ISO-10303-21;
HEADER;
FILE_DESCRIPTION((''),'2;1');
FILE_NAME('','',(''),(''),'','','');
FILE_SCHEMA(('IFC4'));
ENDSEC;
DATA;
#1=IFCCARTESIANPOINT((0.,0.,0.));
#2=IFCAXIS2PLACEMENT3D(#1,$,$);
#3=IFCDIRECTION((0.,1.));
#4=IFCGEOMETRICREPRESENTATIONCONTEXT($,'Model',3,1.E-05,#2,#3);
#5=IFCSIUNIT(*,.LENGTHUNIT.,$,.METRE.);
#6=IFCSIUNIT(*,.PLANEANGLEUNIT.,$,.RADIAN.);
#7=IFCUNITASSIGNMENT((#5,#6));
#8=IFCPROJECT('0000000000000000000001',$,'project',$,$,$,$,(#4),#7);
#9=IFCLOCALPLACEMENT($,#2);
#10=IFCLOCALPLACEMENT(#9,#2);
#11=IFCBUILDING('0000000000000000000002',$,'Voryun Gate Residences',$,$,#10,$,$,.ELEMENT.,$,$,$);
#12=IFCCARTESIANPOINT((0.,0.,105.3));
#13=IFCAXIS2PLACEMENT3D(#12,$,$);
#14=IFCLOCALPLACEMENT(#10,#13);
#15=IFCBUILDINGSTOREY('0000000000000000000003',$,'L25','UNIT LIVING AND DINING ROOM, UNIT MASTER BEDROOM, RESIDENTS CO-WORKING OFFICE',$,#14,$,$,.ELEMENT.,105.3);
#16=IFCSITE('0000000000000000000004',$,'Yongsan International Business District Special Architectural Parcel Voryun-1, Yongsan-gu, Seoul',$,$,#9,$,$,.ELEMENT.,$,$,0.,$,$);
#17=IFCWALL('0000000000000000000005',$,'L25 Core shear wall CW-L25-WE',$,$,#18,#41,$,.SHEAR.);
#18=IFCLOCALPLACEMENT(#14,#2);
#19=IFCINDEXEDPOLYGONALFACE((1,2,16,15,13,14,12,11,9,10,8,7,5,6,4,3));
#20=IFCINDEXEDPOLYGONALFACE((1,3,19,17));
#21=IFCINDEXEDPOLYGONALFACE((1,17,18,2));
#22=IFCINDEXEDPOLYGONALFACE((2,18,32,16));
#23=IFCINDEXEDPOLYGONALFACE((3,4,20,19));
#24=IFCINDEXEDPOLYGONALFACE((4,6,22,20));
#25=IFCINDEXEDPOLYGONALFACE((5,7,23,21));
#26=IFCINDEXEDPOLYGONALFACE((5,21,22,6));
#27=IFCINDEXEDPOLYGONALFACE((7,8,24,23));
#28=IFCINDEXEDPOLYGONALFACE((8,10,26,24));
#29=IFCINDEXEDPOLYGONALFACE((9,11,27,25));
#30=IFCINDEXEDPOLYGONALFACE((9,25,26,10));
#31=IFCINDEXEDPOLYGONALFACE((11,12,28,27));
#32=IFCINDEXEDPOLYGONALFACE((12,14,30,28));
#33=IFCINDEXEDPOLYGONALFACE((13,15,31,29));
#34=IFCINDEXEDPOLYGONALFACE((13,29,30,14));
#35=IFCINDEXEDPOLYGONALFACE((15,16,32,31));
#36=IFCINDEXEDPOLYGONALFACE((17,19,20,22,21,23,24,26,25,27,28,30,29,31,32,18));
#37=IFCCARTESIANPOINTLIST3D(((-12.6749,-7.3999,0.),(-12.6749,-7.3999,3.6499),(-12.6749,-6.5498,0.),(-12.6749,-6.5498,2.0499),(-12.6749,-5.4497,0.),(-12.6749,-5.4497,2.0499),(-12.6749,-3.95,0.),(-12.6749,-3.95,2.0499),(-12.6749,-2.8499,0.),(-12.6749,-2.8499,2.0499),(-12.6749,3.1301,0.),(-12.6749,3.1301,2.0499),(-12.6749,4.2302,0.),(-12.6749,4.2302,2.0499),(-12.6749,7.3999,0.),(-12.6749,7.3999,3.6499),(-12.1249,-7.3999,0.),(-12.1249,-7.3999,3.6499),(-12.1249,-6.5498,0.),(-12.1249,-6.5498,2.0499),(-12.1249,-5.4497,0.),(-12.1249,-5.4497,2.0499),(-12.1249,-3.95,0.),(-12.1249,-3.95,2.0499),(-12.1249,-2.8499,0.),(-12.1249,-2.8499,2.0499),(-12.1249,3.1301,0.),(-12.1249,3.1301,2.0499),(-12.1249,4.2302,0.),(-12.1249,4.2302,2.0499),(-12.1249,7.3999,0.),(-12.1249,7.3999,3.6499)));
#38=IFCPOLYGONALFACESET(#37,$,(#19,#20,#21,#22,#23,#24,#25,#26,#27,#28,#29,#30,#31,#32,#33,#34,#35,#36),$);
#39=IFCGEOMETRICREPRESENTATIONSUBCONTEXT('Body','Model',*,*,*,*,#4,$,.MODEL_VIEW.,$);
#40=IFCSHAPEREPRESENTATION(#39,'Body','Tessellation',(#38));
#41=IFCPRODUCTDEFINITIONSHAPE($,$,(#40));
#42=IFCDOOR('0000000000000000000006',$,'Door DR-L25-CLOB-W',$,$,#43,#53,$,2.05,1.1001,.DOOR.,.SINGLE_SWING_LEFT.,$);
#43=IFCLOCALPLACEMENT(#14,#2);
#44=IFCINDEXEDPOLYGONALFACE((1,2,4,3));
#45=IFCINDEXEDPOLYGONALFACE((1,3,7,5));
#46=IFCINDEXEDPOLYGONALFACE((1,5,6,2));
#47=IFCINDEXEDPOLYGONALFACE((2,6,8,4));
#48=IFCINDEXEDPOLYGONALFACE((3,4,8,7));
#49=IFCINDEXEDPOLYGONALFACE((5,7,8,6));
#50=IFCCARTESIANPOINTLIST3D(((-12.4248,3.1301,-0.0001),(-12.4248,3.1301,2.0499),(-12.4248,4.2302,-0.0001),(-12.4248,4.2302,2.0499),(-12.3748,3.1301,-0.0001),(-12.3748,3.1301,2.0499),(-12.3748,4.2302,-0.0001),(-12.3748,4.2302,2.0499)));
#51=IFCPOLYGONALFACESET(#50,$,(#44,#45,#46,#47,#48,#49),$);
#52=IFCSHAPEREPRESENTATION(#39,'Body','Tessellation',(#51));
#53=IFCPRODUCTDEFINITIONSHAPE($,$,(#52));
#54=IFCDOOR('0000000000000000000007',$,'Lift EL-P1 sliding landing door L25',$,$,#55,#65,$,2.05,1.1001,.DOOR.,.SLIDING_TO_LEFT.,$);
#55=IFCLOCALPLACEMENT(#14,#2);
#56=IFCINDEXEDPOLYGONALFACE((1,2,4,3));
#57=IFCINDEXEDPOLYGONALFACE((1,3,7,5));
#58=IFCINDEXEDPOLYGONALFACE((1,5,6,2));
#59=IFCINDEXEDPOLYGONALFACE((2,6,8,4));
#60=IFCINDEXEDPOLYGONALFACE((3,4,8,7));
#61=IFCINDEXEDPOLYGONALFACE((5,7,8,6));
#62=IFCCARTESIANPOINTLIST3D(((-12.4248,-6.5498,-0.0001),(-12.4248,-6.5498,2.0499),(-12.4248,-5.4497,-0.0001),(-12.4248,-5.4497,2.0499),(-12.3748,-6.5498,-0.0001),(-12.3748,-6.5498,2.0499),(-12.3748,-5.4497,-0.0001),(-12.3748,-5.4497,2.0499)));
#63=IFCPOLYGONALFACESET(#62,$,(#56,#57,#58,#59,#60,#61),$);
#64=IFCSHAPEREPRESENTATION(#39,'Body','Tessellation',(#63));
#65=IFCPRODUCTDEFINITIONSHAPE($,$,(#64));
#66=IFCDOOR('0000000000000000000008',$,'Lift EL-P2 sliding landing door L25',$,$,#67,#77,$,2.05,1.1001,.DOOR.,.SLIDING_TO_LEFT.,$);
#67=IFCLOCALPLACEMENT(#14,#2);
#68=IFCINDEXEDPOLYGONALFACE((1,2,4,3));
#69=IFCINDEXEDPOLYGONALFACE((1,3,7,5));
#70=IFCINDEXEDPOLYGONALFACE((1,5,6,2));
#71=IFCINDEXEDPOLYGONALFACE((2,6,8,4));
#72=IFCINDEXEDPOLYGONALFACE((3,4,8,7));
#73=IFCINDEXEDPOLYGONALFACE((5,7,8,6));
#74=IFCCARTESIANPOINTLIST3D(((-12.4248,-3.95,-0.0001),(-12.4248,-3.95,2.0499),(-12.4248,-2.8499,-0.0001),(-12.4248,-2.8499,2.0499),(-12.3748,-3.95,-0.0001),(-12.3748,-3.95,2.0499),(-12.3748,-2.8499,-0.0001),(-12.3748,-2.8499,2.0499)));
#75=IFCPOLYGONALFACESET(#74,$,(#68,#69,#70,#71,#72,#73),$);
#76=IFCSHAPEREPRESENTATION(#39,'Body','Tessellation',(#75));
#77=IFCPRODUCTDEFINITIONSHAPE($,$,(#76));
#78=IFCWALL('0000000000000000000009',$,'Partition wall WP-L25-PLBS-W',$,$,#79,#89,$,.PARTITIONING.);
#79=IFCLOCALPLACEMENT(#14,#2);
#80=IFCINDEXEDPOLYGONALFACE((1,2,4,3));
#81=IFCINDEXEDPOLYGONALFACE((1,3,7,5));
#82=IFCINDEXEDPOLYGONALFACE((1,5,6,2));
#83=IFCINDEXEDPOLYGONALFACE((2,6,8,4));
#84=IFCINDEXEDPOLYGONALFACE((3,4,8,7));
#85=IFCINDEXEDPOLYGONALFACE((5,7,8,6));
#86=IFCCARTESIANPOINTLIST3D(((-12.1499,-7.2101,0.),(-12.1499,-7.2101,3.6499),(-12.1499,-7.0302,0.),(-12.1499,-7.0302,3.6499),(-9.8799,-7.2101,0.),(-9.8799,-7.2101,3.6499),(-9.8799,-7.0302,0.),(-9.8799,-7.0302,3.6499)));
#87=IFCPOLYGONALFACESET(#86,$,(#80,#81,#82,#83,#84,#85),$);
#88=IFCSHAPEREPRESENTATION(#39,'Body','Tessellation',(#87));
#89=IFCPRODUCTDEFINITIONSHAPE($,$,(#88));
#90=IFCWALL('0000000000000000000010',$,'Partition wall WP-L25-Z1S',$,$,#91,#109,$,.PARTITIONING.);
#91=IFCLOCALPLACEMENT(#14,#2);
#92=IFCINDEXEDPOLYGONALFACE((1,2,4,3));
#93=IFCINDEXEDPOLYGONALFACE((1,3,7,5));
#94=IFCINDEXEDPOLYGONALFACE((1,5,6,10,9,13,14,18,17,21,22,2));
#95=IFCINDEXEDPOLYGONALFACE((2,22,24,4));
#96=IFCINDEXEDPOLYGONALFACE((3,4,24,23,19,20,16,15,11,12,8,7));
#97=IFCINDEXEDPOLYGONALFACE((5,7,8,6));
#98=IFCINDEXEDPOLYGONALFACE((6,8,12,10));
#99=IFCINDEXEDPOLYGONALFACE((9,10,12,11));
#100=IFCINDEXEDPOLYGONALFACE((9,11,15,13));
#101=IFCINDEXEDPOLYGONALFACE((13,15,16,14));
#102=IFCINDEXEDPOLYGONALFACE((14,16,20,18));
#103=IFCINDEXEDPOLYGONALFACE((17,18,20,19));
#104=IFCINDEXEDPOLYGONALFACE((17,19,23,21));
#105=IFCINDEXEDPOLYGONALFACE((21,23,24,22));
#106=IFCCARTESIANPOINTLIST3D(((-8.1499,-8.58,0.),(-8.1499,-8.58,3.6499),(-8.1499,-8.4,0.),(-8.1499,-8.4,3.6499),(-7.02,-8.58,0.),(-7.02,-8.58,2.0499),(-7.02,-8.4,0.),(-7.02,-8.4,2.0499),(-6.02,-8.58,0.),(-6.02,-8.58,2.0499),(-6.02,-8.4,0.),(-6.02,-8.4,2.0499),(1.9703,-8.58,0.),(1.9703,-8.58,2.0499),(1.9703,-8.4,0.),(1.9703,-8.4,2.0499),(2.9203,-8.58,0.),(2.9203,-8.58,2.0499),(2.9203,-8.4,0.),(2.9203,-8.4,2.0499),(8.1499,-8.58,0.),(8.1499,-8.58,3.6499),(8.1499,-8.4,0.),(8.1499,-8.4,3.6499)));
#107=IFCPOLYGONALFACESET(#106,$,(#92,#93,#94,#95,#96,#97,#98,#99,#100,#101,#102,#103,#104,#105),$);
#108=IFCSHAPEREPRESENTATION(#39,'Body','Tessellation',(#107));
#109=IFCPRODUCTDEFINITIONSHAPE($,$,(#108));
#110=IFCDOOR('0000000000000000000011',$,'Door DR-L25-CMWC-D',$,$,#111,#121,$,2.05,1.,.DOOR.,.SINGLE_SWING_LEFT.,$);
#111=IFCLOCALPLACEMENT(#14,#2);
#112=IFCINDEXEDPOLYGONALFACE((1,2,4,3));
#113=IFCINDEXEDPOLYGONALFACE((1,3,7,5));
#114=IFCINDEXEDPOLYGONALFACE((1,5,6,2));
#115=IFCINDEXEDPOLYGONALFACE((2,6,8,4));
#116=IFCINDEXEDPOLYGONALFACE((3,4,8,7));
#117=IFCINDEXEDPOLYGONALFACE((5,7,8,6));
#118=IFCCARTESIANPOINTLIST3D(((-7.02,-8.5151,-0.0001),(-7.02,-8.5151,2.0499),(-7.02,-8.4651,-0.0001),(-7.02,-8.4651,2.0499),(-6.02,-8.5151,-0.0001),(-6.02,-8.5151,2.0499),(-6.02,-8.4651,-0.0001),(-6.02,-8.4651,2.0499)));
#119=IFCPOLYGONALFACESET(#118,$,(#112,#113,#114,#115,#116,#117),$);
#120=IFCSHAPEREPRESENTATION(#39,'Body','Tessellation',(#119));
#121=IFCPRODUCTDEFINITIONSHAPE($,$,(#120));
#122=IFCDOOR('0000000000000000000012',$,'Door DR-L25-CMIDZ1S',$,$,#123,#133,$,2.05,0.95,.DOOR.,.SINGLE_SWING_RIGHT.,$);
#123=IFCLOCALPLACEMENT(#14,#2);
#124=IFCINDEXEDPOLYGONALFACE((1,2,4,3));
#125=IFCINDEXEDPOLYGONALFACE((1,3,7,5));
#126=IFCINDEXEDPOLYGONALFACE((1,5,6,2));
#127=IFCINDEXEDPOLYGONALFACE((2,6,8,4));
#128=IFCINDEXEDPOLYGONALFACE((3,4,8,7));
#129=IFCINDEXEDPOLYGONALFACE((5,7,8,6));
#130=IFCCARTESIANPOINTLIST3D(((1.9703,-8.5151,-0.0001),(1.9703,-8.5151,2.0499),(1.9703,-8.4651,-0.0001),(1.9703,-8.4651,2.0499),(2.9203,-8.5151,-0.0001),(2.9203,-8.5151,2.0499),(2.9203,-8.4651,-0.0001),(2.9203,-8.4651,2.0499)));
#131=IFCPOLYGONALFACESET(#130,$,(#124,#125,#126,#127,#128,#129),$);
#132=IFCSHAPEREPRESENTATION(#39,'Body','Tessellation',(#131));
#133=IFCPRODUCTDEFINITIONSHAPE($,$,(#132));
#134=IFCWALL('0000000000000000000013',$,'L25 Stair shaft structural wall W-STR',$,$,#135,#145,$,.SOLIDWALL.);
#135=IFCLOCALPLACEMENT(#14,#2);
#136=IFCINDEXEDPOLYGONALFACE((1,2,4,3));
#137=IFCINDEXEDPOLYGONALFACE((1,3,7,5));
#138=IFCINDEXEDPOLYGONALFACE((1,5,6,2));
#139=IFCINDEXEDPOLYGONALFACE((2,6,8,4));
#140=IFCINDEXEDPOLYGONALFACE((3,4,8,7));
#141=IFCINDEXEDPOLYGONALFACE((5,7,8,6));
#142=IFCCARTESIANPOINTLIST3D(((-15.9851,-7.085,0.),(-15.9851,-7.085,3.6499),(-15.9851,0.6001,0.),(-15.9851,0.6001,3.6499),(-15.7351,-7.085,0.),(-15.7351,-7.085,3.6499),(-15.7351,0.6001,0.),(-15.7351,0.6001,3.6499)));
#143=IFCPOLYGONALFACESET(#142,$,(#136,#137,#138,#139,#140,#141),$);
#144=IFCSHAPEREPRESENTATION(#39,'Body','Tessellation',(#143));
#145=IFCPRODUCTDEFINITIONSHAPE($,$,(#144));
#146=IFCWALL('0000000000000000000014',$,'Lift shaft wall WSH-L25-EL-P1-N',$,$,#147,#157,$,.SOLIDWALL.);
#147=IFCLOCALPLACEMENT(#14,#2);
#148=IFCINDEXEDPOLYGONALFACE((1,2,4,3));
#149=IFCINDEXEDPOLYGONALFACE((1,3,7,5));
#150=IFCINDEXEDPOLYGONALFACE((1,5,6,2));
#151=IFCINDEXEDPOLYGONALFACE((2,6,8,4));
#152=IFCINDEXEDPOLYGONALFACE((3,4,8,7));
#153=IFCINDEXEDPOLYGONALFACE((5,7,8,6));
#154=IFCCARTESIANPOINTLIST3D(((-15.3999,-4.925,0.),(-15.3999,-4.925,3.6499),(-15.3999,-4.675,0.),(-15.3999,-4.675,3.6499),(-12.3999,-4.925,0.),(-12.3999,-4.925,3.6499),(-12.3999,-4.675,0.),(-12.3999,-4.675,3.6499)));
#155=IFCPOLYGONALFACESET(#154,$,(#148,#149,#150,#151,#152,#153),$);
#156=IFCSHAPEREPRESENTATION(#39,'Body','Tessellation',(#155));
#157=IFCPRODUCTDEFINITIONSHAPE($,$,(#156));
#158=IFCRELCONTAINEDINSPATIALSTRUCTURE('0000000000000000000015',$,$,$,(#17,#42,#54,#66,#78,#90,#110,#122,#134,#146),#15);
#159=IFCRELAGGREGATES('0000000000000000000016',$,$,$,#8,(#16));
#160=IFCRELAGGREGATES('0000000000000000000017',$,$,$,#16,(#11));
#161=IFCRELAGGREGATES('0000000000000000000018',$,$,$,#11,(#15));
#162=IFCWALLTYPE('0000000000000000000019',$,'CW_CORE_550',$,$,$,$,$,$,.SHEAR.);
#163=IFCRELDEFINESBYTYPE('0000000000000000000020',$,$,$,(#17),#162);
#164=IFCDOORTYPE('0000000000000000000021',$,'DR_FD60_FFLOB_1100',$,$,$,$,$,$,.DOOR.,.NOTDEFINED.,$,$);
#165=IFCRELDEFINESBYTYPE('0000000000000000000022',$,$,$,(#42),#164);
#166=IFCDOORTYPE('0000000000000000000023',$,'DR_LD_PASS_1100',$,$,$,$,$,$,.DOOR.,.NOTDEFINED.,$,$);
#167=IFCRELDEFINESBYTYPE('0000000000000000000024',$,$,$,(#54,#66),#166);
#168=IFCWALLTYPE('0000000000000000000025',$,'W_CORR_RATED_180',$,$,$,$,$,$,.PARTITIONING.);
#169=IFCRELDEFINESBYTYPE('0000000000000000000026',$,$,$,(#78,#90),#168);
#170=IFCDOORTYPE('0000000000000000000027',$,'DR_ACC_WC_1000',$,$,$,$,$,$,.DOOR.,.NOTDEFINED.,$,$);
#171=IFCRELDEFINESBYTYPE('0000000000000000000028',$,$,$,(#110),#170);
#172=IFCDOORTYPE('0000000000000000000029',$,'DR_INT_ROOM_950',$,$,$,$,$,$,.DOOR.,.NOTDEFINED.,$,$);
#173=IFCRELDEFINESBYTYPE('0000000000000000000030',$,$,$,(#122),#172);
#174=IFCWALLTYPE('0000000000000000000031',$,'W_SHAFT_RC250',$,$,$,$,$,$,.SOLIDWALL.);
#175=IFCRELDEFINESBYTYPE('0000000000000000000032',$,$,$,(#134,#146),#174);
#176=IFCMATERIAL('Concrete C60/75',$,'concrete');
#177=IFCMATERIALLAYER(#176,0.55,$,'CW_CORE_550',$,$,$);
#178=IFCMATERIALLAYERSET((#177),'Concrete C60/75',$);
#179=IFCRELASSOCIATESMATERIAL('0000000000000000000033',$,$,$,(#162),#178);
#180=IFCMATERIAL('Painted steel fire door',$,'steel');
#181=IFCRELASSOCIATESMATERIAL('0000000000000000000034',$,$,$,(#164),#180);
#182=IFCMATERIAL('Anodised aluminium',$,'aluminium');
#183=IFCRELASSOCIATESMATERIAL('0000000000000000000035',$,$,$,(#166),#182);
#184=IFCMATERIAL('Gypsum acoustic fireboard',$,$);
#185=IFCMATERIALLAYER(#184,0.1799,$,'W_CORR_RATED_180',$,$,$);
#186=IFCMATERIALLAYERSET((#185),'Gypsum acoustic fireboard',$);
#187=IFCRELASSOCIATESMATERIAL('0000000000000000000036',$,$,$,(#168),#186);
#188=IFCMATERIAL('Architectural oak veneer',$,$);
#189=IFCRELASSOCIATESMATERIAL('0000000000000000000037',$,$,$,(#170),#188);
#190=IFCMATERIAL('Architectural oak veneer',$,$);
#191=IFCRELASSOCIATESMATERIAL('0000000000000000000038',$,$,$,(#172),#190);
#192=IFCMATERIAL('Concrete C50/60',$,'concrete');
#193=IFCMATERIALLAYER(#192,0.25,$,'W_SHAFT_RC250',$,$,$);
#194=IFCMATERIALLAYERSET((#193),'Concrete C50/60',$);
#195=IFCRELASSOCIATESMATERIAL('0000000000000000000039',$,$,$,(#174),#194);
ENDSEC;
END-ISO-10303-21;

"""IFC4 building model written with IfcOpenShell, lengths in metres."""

from ifc_helpers import new_model, si_unit, direction, frame, frame_2d, origin, place, context, subcontext, project, spatial, rectangle, extrude, material, layer, layer_set, type_object, element, fill, save


model = new_model("IFC4")

# Units and contexts
model_context = context("Model", 3, precision=1e-05, world=origin(), true_north=direction((0.0, 1.0)))
body_context = subcontext(model_context, "Body", "Model", "MODEL_VIEW")
ifc_project = project(units=[si_unit("LENGTHUNIT", "METRE"), si_unit("PLANEANGLEUNIT", "RADIAN")], contexts=[model_context])

# Site, building, storey
site_placement = place(None, origin())
site = spatial("IfcSite", under=ifc_project, at=site_placement, Name="Yongsan International Business District Special Architectural Parcel Voryun-1, Yongsan-gu, Seoul", CompositionType="ELEMENT", RefElevation=0.0)
building_placement = place(site_placement, origin())
building = spatial("IfcBuilding", under=site, at=building_placement, Name="Voryun Gate Residences", CompositionType="ELEMENT")
storey_placement = place(building_placement, frame((0.0, 0.0, 105.3)))
storey = spatial("IfcBuildingStorey", under=building, at=storey_placement, Name="L25", Description="UNIT LIVING AND DINING ROOM, UNIT MASTER BEDROOM, RESIDENTS CO-WORKING OFFICE", CompositionType="ELEMENT", Elevation=105.3)

# Wall, openings, doors
ifc_material_1 = material(Name="Concrete C60/75", Category="concrete")
ifc_layer_1 = layer(ifc_material_1, 0.55, Name="CW_CORE_550")
ifc_layer_set_1 = layer_set([ifc_layer_1], Name="Concrete C60/75")
wall_type_1 = type_object("IfcWallType", Name="CW_CORE_550", PredefinedType="SHEAR", material=ifc_layer_set_1)
wall_1_placement = place(storey_placement, frame((-12.3999, -7.3999, 0.0), z_axis=(0.0, 0.0, 1.0), x_axis=(0.0, 1.0, 0.0)))
wall_1 = element("IfcWall", 1, at=wall_1_placement, inside=storey, type_object=wall_type_1, Name="L25 Core shear wall CW-L25-WE", PredefinedType="SHEAR", context=body_context, shape_type="SweptSolid", body=[
    extrude(rectangle(XDim=14.7998, YDim=0.55, at=frame_2d((7.3999, 0.0))), origin(), (0.0, 0.0, 1.0), 3.6499),
])
opening_1_placement = place(wall_1_placement, frame((0.8501, 0.0, 0.0)))
opening_1 = element("IfcOpeningElement", 2, at=opening_1_placement, cuts=wall_1, PredefinedType="OPENING", context=body_context, shape_type="SweptSolid", body=[
    extrude(rectangle(XDim=1.1001, YDim=2.05, at=frame_2d((0.55, 1.0249))), frame((0.0, 0.2849, 0.0), z_axis=(0.0, -1.0, 0.0), x_axis=(1.0, 0.0, 0.0)), (0.0, 0.0, 1.0), 0.5701),
])
opening_2_placement = place(wall_1_placement, frame((3.45, 0.0, 0.0)))
opening_2 = element("IfcOpeningElement", 3, at=opening_2_placement, cuts=wall_1, PredefinedType="OPENING", context=body_context, shape_type="SweptSolid", body=[
    extrude(rectangle(XDim=1.1001, YDim=2.05, at=frame_2d((0.55, 1.0249))), frame((0.0, 0.2849, 0.0), z_axis=(0.0, -1.0, 0.0), x_axis=(1.0, 0.0, 0.0)), (0.0, 0.0, 1.0), 0.5701),
])
opening_3_placement = place(wall_1_placement, frame((10.53, 0.0, 0.0)))
opening_3 = element("IfcOpeningElement", 4, at=opening_3_placement, cuts=wall_1, PredefinedType="OPENING", context=body_context, shape_type="SweptSolid", body=[
    extrude(rectangle(XDim=1.1001, YDim=2.05, at=frame_2d((0.55, 1.0249))), frame((0.0, 0.2849, 0.0), z_axis=(0.0, -1.0, 0.0), x_axis=(1.0, 0.0, 0.0)), (0.0, 0.0, 1.0), 0.5701),
])
ifc_material_2 = material(Name="Painted steel fire door", Category="steel")
door_type_1 = type_object("IfcDoorType", Name="DR_FD60_FFLOB_1100", OperationType="NOTDEFINED", PredefinedType="DOOR", material=ifc_material_2)
door_1_placement = place(opening_3_placement, origin())
door_1 = element("IfcDoor", 5, at=door_1_placement, inside=storey, type_object=door_type_1, Name="Door DR-L25-CLOB-W", OperationType="SINGLE_SWING_LEFT", OverallHeight=2.05, OverallWidth=1.1001, PredefinedType="DOOR", context=body_context, shape_type="SweptSolid", body=[
    extrude(rectangle(XDim=1.1001, YDim=2.05, at=frame_2d((0.55, 1.0249))), frame((0.0, 0.0249, 0.0), z_axis=(0.0, -1.0, 0.0), x_axis=(1.0, 0.0, 0.0)), (0.0, 0.0, 1.0), 0.05),
])
fill(opening_3, door_1)
ifc_material_3 = material(Name="Anodised aluminium", Category="aluminium")
door_type_2 = type_object("IfcDoorType", Name="DR_LD_PASS_1100", OperationType="NOTDEFINED", PredefinedType="DOOR", material=ifc_material_3)
door_2_placement = place(opening_1_placement, origin())
door_2 = element("IfcDoor", 6, at=door_2_placement, inside=storey, type_object=door_type_2, Name="Lift EL-P1 sliding landing door L25", OperationType="SLIDING_TO_LEFT", OverallHeight=2.05, OverallWidth=1.1001, PredefinedType="DOOR", context=body_context, shape_type="SweptSolid", body=[
    extrude(rectangle(XDim=1.1001, YDim=2.05, at=frame_2d((0.55, 1.0249))), frame((0.0, 0.0249, 0.0), z_axis=(0.0, -1.0, 0.0), x_axis=(1.0, 0.0, 0.0)), (0.0, 0.0, 1.0), 0.05),
])
fill(opening_1, door_2)
door_3_placement = place(opening_2_placement, origin())
door_3 = element("IfcDoor", 7, at=door_3_placement, inside=storey, type_object=door_type_2, Name="Lift EL-P2 sliding landing door L25", OperationType="SLIDING_TO_LEFT", OverallHeight=2.05, OverallWidth=1.1001, PredefinedType="DOOR", context=body_context, shape_type="SweptSolid", body=[
    extrude(rectangle(XDim=1.1001, YDim=2.05, at=frame_2d((0.55, 1.0249))), frame((0.0, 0.0249, 0.0), z_axis=(0.0, -1.0, 0.0), x_axis=(1.0, 0.0, 0.0)), (0.0, 0.0, 1.0), 0.05),
])
fill(opening_2, door_3)

# Wall
ifc_material_4 = material(Name="Gypsum acoustic fireboard")
ifc_layer_2 = layer(ifc_material_4, 0.1799, Name="W_CORR_RATED_180")
ifc_layer_set_2 = layer_set([ifc_layer_2], Name="Gypsum acoustic fireboard")
wall_type_2 = type_object("IfcWallType", Name="W_CORR_RATED_180", PredefinedType="PARTITIONING", material=ifc_layer_set_2)
wall_2_placement = place(storey_placement, frame((-12.1499, -7.1201, 0.0), z_axis=(0.0, 0.0, 1.0), x_axis=(1.0, 0.0, 0.0)))
element("IfcWall", 8, at=wall_2_placement, inside=storey, type_object=wall_type_2, Name="Partition wall WP-L25-PLBS-W", PredefinedType="PARTITIONING", context=body_context, shape_type="SweptSolid", body=[
    extrude(rectangle(XDim=2.27, YDim=0.1799, at=frame_2d((1.135, 0.0))), origin(), (0.0, 0.0, 1.0), 3.6499),
])

# Wall, openings, doors
wall_3_placement = place(storey_placement, frame((-8.1499, -8.49, 0.0), z_axis=(0.0, 0.0, 1.0), x_axis=(1.0, 0.0, 0.0)))
wall_3 = element("IfcWall", 9, at=wall_3_placement, inside=storey, type_object=wall_type_2, Name="Partition wall WP-L25-Z1S", PredefinedType="PARTITIONING", context=body_context, shape_type="SweptSolid", body=[
    extrude(rectangle(XDim=16.2998, YDim=0.1799, at=frame_2d((8.1499, 0.0))), origin(), (0.0, 0.0, 1.0), 3.6499),
])
opening_4_placement = place(wall_3_placement, frame((1.1299, 0.0, 0.0)))
opening_4 = element("IfcOpeningElement", 10, at=opening_4_placement, cuts=wall_3, PredefinedType="OPENING", context=body_context, shape_type="SweptSolid", body=[
    extrude(rectangle(XDim=1.0, YDim=2.05, at=frame_2d((0.5, 1.0249))), frame((0.0, 0.0999, 0.0), z_axis=(0.0, -1.0, 0.0), x_axis=(1.0, 0.0, 0.0)), (0.0, 0.0, 1.0), 0.2),
])
opening_5_placement = place(wall_3_placement, frame((10.1201, 0.0, 0.0)))
opening_5 = element("IfcOpeningElement", 11, at=opening_5_placement, cuts=wall_3, PredefinedType="OPENING", context=body_context, shape_type="SweptSolid", body=[
    extrude(rectangle(XDim=0.95, YDim=2.05, at=frame_2d((0.4751, 1.0249))), frame((0.0, 0.0999, 0.0), z_axis=(0.0, -1.0, 0.0), x_axis=(1.0, 0.0, 0.0)), (0.0, 0.0, 1.0), 0.2),
])
ifc_material_5 = material(Name="Architectural oak veneer")
door_type_3 = type_object("IfcDoorType", Name="DR_ACC_WC_1000", OperationType="NOTDEFINED", PredefinedType="DOOR", material=ifc_material_5)
door_4_placement = place(opening_4_placement, origin())
door_4 = element("IfcDoor", 12, at=door_4_placement, inside=storey, type_object=door_type_3, Name="Door DR-L25-CMWC-D", OperationType="SINGLE_SWING_LEFT", OverallHeight=2.05, OverallWidth=1.0, PredefinedType="DOOR", context=body_context, shape_type="SweptSolid", body=[
    extrude(rectangle(XDim=1.0, YDim=2.05, at=frame_2d((0.5, 1.0249))), frame((0.0, 0.0249, 0.0), z_axis=(0.0, -1.0, 0.0), x_axis=(1.0, 0.0, 0.0)), (0.0, 0.0, 1.0), 0.05),
])
fill(opening_4, door_4)
ifc_material_6 = material(Name="Architectural oak veneer")
door_type_4 = type_object("IfcDoorType", Name="DR_INT_ROOM_950", OperationType="NOTDEFINED", PredefinedType="DOOR", material=ifc_material_6)
door_5_placement = place(opening_5_placement, origin())
door_5 = element("IfcDoor", 13, at=door_5_placement, inside=storey, type_object=door_type_4, Name="Door DR-L25-CMIDZ1S", OperationType="SINGLE_SWING_RIGHT", OverallHeight=2.05, OverallWidth=0.95, PredefinedType="DOOR", context=body_context, shape_type="SweptSolid", body=[
    extrude(rectangle(XDim=0.95, YDim=2.05, at=frame_2d((0.4751, 1.0249))), frame((0.0, 0.0249, 0.0), z_axis=(0.0, -1.0, 0.0), x_axis=(1.0, 0.0, 0.0)), (0.0, 0.0, 1.0), 0.05),
])
fill(opening_5, door_5)

# Walls
ifc_material_7 = material(Name="Concrete C50/60", Category="concrete")
ifc_layer_3 = layer(ifc_material_7, 0.25, Name="W_SHAFT_RC250")
ifc_layer_set_3 = layer_set([ifc_layer_3], Name="Concrete C50/60")
wall_type_3 = type_object("IfcWallType", Name="W_SHAFT_RC250", PredefinedType="SOLIDWALL", material=ifc_layer_set_3)
wall_4_placement = place(storey_placement, frame((-15.8601, -7.085, 0.0), z_axis=(0.0, 0.0, 1.0), x_axis=(0.0, 1.0, 0.0)))
element("IfcWall", 14, at=wall_4_placement, inside=storey, type_object=wall_type_3, Name="L25 Stair shaft structural wall W-STR", PredefinedType="SOLIDWALL", context=body_context, shape_type="SweptSolid", body=[
    extrude(rectangle(XDim=7.6851, YDim=0.25, at=frame_2d((3.8425, 0.0))), origin(), (0.0, 0.0, 1.0), 3.6499),
])
wall_5_placement = place(storey_placement, frame((-12.3999, -4.8, 0.0), z_axis=(0.0, 0.0, 1.0), x_axis=(-1.0, 0.0, 0.0)))
element("IfcWall", 15, at=wall_5_placement, inside=storey, type_object=wall_type_3, Name="Lift shaft wall WSH-L25-EL-P1-N", PredefinedType="SOLIDWALL", context=body_context, shape_type="SweptSolid", body=[
    extrude(rectangle(XDim=3.0, YDim=0.25, at=frame_2d((1.5, 0.0))), origin(), (0.0, 0.0, 1.0), 3.6499),
])

save(model, "model.ifc")
